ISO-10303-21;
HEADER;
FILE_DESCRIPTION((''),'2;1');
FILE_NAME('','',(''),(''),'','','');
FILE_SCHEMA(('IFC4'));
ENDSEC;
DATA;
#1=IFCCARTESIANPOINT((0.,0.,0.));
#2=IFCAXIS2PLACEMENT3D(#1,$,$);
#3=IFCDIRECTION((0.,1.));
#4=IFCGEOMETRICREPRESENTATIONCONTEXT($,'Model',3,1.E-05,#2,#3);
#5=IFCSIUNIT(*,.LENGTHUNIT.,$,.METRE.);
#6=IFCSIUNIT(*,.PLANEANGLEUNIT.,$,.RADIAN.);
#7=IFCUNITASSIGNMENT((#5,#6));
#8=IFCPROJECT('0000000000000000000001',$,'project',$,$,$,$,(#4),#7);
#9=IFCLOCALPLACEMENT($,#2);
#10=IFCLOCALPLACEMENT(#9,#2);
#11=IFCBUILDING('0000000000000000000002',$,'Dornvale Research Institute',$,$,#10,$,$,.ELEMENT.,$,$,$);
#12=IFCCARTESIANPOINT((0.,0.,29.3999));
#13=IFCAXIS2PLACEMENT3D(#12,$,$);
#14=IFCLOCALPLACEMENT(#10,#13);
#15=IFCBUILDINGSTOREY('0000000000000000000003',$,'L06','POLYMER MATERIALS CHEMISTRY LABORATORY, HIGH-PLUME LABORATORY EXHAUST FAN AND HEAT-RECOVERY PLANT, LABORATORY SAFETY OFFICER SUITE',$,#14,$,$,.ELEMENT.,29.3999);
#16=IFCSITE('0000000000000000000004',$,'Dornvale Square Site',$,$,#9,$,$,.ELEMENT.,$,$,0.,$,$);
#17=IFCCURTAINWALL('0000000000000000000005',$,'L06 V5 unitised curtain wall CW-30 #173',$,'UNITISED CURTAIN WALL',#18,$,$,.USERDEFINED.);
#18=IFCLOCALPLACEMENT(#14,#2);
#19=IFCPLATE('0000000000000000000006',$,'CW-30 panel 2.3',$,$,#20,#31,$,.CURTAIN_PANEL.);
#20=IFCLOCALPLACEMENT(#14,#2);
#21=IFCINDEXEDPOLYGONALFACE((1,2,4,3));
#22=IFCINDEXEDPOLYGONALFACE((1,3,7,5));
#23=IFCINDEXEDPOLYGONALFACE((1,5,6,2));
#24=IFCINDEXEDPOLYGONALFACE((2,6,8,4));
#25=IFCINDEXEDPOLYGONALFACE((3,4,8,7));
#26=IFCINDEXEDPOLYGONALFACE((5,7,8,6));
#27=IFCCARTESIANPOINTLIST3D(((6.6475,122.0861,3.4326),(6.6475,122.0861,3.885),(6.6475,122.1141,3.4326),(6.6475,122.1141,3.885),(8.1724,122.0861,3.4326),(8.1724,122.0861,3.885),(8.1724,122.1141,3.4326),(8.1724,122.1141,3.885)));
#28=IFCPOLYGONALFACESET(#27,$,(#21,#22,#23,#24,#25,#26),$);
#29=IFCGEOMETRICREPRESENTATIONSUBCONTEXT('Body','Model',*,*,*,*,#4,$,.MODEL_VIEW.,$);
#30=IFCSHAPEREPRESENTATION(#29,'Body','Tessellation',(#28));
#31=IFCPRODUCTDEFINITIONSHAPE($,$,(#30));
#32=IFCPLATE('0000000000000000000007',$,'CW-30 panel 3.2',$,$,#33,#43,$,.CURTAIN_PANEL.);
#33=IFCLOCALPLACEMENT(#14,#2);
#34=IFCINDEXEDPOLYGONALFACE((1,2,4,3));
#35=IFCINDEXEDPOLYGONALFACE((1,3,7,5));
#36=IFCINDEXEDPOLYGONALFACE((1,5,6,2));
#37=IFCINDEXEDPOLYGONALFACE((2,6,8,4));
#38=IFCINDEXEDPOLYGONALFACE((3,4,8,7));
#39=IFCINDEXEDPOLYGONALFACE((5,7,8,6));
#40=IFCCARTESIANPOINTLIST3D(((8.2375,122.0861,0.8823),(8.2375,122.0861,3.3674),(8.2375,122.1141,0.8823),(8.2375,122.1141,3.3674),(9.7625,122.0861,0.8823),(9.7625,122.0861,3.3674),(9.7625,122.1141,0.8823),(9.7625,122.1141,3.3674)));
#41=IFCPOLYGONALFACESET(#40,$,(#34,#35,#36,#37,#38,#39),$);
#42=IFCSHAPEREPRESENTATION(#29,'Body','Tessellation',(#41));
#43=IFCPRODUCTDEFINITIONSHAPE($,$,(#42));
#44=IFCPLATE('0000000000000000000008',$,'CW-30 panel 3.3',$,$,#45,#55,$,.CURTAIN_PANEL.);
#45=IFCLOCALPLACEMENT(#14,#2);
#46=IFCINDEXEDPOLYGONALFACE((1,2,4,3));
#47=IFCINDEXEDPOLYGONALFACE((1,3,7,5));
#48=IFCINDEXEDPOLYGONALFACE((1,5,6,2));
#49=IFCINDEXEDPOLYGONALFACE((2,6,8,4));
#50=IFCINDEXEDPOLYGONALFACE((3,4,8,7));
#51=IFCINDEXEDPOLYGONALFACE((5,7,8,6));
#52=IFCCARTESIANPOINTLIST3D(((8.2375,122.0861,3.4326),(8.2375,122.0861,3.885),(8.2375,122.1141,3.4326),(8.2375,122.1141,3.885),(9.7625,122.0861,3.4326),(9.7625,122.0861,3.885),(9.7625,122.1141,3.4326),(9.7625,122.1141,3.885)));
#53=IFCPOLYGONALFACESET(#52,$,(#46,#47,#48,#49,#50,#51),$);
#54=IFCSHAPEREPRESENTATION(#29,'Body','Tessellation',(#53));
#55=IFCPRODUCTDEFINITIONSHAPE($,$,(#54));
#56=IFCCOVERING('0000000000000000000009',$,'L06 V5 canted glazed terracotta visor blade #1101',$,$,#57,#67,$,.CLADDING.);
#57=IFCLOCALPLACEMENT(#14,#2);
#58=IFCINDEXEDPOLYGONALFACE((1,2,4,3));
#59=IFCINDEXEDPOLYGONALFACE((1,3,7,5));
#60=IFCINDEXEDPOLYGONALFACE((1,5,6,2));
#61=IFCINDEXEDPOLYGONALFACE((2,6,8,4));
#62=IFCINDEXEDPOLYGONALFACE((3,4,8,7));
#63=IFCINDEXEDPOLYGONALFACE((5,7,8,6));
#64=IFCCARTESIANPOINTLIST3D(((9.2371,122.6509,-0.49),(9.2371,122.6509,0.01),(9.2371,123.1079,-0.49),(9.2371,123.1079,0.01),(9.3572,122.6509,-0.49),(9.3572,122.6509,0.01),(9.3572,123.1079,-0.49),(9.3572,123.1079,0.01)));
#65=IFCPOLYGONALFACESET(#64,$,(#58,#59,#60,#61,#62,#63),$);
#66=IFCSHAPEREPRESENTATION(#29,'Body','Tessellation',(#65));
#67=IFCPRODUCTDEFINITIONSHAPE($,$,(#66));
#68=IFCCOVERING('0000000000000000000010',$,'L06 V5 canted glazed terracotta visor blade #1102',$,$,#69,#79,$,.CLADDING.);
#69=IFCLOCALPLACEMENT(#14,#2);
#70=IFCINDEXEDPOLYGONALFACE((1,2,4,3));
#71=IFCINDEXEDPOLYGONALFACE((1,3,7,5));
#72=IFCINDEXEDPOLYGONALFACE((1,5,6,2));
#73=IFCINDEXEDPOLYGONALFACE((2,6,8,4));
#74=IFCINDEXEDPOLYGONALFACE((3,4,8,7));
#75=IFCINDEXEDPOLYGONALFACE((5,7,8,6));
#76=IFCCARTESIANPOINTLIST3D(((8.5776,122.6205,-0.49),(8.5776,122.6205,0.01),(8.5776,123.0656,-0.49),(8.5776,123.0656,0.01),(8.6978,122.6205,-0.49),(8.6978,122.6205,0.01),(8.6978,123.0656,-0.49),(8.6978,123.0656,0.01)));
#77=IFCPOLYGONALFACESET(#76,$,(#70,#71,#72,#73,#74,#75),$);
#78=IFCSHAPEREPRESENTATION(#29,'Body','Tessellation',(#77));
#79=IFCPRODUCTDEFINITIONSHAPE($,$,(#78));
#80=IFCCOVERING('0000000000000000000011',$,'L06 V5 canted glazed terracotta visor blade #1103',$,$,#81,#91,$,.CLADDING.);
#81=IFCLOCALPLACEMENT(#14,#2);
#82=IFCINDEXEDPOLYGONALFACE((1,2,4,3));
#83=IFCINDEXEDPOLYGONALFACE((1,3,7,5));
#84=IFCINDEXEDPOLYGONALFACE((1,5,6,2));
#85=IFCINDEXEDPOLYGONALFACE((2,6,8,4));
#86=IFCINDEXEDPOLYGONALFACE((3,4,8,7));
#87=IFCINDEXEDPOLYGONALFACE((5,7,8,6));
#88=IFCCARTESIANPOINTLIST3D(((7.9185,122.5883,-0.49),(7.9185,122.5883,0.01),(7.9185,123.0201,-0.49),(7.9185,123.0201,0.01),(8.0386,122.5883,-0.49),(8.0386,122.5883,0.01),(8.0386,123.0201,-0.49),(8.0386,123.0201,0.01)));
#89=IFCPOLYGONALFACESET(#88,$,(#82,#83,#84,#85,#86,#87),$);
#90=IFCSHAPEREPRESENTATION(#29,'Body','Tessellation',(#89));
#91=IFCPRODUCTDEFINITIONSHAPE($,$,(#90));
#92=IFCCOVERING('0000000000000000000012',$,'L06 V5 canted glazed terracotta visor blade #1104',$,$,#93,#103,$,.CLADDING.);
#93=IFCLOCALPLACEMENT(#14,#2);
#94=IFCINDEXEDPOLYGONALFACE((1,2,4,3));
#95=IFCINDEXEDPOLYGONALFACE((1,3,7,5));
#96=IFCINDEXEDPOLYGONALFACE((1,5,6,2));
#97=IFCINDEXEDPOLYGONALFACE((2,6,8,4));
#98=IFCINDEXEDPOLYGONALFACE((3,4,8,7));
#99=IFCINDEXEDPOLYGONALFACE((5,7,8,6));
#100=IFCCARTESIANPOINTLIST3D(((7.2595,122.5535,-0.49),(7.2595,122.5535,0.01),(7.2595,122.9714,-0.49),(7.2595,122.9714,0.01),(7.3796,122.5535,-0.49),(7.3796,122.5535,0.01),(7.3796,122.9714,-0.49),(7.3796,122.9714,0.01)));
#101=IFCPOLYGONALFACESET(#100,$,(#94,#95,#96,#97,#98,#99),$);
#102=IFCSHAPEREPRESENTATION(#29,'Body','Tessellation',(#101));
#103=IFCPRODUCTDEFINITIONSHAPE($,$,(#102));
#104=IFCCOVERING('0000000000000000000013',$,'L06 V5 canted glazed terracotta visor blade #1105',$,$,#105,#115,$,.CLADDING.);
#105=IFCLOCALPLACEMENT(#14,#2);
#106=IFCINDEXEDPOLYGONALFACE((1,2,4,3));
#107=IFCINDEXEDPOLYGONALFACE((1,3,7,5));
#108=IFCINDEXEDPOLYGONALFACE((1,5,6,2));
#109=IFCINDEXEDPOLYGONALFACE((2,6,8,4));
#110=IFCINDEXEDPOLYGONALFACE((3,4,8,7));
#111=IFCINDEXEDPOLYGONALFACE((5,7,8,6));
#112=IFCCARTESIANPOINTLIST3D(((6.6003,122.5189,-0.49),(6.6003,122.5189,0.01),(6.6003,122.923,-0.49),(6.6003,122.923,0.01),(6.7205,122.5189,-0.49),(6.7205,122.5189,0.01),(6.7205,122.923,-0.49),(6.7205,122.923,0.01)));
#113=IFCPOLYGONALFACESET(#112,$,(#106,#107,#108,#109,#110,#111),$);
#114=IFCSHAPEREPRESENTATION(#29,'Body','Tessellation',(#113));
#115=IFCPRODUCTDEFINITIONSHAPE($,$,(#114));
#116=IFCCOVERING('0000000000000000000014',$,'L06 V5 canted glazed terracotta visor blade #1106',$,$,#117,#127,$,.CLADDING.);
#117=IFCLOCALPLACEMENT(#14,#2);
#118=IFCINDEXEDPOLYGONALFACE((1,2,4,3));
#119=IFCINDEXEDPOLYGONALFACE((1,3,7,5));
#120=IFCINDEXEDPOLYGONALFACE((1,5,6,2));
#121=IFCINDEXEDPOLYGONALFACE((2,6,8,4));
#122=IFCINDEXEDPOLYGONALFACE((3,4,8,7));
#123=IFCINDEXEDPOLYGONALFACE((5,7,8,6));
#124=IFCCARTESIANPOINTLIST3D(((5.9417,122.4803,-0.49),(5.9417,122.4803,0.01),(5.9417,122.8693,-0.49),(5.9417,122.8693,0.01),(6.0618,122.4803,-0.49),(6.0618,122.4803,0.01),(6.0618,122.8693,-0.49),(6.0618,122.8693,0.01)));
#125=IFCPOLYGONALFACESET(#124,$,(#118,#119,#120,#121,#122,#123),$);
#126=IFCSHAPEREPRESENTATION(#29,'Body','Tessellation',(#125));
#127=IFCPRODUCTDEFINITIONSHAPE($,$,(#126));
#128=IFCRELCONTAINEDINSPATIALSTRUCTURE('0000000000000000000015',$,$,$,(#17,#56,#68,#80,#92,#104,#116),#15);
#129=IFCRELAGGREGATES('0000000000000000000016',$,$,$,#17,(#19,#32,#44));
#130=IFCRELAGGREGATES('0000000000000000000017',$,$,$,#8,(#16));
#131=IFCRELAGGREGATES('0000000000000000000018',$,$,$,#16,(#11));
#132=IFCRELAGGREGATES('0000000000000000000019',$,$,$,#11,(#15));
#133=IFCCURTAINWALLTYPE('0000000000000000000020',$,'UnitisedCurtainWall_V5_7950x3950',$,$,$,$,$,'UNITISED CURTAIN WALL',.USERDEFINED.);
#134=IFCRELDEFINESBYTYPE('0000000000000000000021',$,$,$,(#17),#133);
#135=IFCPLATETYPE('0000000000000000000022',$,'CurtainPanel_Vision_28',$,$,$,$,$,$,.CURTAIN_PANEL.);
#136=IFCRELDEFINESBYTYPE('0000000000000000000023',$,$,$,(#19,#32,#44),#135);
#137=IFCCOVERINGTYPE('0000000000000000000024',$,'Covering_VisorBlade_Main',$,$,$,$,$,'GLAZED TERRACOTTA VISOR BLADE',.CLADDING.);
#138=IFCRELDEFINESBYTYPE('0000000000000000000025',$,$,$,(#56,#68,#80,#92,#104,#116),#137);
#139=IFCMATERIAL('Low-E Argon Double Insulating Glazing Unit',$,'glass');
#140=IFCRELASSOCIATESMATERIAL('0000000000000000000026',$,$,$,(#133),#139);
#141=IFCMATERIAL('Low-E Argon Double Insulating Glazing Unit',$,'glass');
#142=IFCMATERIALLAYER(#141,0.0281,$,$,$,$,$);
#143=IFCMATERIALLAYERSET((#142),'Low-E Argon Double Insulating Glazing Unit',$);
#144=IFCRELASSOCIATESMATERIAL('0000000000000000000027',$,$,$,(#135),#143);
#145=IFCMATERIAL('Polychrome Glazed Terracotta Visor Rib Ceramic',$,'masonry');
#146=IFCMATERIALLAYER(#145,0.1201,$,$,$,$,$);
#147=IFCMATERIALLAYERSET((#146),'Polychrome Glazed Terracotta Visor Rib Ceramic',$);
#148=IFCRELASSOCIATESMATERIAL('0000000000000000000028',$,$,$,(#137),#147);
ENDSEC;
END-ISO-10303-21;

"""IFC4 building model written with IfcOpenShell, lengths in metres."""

from ifc_helpers import new_model, si_unit, direction, frame, origin, origin_2d, place, context, subcontext, project, spatial, rectangle, extrude, material, layer, layer_set, type_object, element, aggregate, save


model = new_model("IFC4")

# Units and contexts
model_context = context("Model", 3, precision=1e-05, world=origin(), true_north=direction((0.0, 1.0)))
body_context = subcontext(model_context, "Body", "Model", "MODEL_VIEW")
ifc_project = project(units=[si_unit("LENGTHUNIT", "METRE"), si_unit("PLANEANGLEUNIT", "RADIAN")], contexts=[model_context])

# Site, building, storey
site_placement = place(None, origin())
site = spatial("IfcSite", under=ifc_project, at=site_placement, Name="Dornvale Square Site", CompositionType="ELEMENT", RefElevation=0.0)
building_placement = place(site_placement, origin())
building = spatial("IfcBuilding", under=site, at=building_placement, Name="Dornvale Research Institute", CompositionType="ELEMENT")
storey_placement = place(building_placement, frame((0.0, 0.0, 29.3999)))
storey = spatial("IfcBuildingStorey", under=building, at=storey_placement, Name="L06", Description="POLYMER MATERIALS CHEMISTRY LABORATORY, HIGH-PLUME LABORATORY EXHAUST FAN AND HEAT-RECOVERY PLANT, LABORATORY SAFETY OFFICER SUITE", CompositionType="ELEMENT", Elevation=29.3999)

# Curtain wall, plates
ifc_material_1 = material(Name="Low-E Argon Double Insulating Glazing Unit", Category="glass")
curtain_wall_type = type_object("IfcCurtainWallType", Name="UnitisedCurtainWall_V5_7950x3950", ElementType="UNITISED CURTAIN WALL", PredefinedType="USERDEFINED", material=ifc_material_1)
curtain_wall_placement = place(storey_placement, origin())
curtain_wall = element("IfcCurtainWall", 1, at=curtain_wall_placement, inside=storey, type_object=curtain_wall_type, Name="L06 V5 unitised curtain wall CW-30 #173", ObjectType="UNITISED CURTAIN WALL", PredefinedType="USERDEFINED")
ifc_material_2 = material(Name="Low-E Argon Double Insulating Glazing Unit", Category="glass")
ifc_layer_1 = layer(ifc_material_2, 0.0281)
ifc_layer_set_1 = layer_set([ifc_layer_1], Name="Low-E Argon Double Insulating Glazing Unit")
plate_type_1 = type_object("IfcPlateType", Name="CurtainPanel_Vision_28", PredefinedType="CURTAIN_PANEL", material=ifc_layer_set_1)
plate_1_placement = place(storey_placement, frame((7.4099, 122.1001, 3.4326), z_axis=(0.0, 0.0, 1.0), x_axis=(1.0, 0.0, 0.0)))
plate_1 = element("IfcPlate", 2, at=plate_1_placement, type_object=plate_type_1, Name="CW-30 panel 2.3", PredefinedType="CURTAIN_PANEL", context=body_context, shape_type="SweptSolid", body=[
    extrude(rectangle(XDim=1.5249, YDim=0.0281, at=origin_2d()), origin(), (0.0, 0.0, 1.0), 0.4524),
])
plate_2_placement = place(storey_placement, frame((9.0, 122.1001, 0.8823), z_axis=(0.0, 0.0, 1.0), x_axis=(1.0, 0.0, 0.0)))
plate_2 = element("IfcPlate", 3, at=plate_2_placement, type_object=plate_type_1, Name="CW-30 panel 3.2", PredefinedType="CURTAIN_PANEL", context=body_context, shape_type="SweptSolid", body=[
    extrude(rectangle(XDim=1.5249, YDim=0.0281, at=origin_2d()), origin(), (0.0, 0.0, 1.0), 2.4851),
])
plate_3_placement = place(storey_placement, frame((9.0, 122.1001, 3.4326), z_axis=(0.0, 0.0, 1.0), x_axis=(1.0, 0.0, 0.0)))
plate_3 = element("IfcPlate", 4, at=plate_3_placement, type_object=plate_type_1, Name="CW-30 panel 3.3", PredefinedType="CURTAIN_PANEL", context=body_context, shape_type="SweptSolid", body=[
    extrude(rectangle(XDim=1.5249, YDim=0.0281, at=origin_2d()), origin(), (0.0, 0.0, 1.0), 0.4524),
])
aggregate(curtain_wall, [plate_1, plate_2, plate_3])

# Coverings
ifc_material_3 = material(Name="Polychrome Glazed Terracotta Visor Rib Ceramic", Category="masonry")
ifc_layer_2 = layer(ifc_material_3, 0.1201)
ifc_layer_set_2 = layer_set([ifc_layer_2], Name="Polychrome Glazed Terracotta Visor Rib Ceramic")
covering_type = type_object("IfcCoveringType", Name="Covering_VisorBlade_Main", ElementType="GLAZED TERRACOTTA VISOR BLADE", PredefinedType="CLADDING", material=ifc_layer_set_2)
covering_1_placement = place(storey_placement, frame((9.2971, 122.8794, -0.49), z_axis=(0.0, 0.0, 1.0), x_axis=(0.0, 1.0, 0.0)))
element("IfcCovering", 5, at=covering_1_placement, inside=storey, type_object=covering_type, Name="L06 V5 canted glazed terracotta visor blade #1101", PredefinedType="CLADDING", context=body_context, shape_type="SweptSolid", body=[
    extrude(rectangle(XDim=0.457, YDim=0.1201, at=origin_2d()), origin(), (0.0, 0.0, 1.0), 0.5),
])
covering_2_placement = place(storey_placement, frame((8.6377, 122.843, -0.49), z_axis=(0.0, 0.0, 1.0), x_axis=(0.0, 1.0, 0.0)))
element("IfcCovering", 6, at=covering_2_placement, inside=storey, type_object=covering_type, Name="L06 V5 canted glazed terracotta visor blade #1102", PredefinedType="CLADDING", context=body_context, shape_type="SweptSolid", body=[
    extrude(rectangle(XDim=0.4451, YDim=0.1201, at=origin_2d()), origin(), (0.0, 0.0, 1.0), 0.5),
])
covering_3_placement = place(storey_placement, frame((7.9785, 122.8042, -0.49), z_axis=(0.0, 0.0, 1.0), x_axis=(0.0, 1.0, 0.0)))
element("IfcCovering", 7, at=covering_3_placement, inside=storey, type_object=covering_type, Name="L06 V5 canted glazed terracotta visor blade #1103", PredefinedType="CLADDING", context=body_context, shape_type="SweptSolid", body=[
    extrude(rectangle(XDim=0.4319, YDim=0.1201, at=origin_2d()), origin(), (0.0, 0.0, 1.0), 0.5),
])
covering_4_placement = place(storey_placement, frame((7.3196, 122.7625, -0.49), z_axis=(0.0, 0.0, 1.0), x_axis=(0.0, 1.0, 0.0)))
element("IfcCovering", 8, at=covering_4_placement, inside=storey, type_object=covering_type, Name="L06 V5 canted glazed terracotta visor blade #1104", PredefinedType="CLADDING", context=body_context, shape_type="SweptSolid", body=[
    extrude(rectangle(XDim=0.418, YDim=0.1201, at=origin_2d()), origin(), (0.0, 0.0, 1.0), 0.5),
])
covering_5_placement = place(storey_placement, frame((6.6604, 122.7209, -0.49), z_axis=(0.0, 0.0, 1.0), x_axis=(0.0, 1.0, 0.0)))
element("IfcCovering", 9, at=covering_5_placement, inside=storey, type_object=covering_type, Name="L06 V5 canted glazed terracotta visor blade #1105", PredefinedType="CLADDING", context=body_context, shape_type="SweptSolid", body=[
    extrude(rectangle(XDim=0.4041, YDim=0.1201, at=origin_2d()), origin(), (0.0, 0.0, 1.0), 0.5),
])
covering_6_placement = place(storey_placement, frame((6.0017, 122.6748, -0.49), z_axis=(0.0, 0.0, 1.0), x_axis=(0.0, 1.0, 0.0)))
element("IfcCovering", 10, at=covering_6_placement, inside=storey, type_object=covering_type, Name="L06 V5 canted glazed terracotta visor blade #1106", PredefinedType="CLADDING", context=body_context, shape_type="SweptSolid", body=[
    extrude(rectangle(XDim=0.3889, YDim=0.1201, at=origin_2d()), origin(), (0.0, 0.0, 1.0), 0.5),
])

save(model, "model.ifc")
